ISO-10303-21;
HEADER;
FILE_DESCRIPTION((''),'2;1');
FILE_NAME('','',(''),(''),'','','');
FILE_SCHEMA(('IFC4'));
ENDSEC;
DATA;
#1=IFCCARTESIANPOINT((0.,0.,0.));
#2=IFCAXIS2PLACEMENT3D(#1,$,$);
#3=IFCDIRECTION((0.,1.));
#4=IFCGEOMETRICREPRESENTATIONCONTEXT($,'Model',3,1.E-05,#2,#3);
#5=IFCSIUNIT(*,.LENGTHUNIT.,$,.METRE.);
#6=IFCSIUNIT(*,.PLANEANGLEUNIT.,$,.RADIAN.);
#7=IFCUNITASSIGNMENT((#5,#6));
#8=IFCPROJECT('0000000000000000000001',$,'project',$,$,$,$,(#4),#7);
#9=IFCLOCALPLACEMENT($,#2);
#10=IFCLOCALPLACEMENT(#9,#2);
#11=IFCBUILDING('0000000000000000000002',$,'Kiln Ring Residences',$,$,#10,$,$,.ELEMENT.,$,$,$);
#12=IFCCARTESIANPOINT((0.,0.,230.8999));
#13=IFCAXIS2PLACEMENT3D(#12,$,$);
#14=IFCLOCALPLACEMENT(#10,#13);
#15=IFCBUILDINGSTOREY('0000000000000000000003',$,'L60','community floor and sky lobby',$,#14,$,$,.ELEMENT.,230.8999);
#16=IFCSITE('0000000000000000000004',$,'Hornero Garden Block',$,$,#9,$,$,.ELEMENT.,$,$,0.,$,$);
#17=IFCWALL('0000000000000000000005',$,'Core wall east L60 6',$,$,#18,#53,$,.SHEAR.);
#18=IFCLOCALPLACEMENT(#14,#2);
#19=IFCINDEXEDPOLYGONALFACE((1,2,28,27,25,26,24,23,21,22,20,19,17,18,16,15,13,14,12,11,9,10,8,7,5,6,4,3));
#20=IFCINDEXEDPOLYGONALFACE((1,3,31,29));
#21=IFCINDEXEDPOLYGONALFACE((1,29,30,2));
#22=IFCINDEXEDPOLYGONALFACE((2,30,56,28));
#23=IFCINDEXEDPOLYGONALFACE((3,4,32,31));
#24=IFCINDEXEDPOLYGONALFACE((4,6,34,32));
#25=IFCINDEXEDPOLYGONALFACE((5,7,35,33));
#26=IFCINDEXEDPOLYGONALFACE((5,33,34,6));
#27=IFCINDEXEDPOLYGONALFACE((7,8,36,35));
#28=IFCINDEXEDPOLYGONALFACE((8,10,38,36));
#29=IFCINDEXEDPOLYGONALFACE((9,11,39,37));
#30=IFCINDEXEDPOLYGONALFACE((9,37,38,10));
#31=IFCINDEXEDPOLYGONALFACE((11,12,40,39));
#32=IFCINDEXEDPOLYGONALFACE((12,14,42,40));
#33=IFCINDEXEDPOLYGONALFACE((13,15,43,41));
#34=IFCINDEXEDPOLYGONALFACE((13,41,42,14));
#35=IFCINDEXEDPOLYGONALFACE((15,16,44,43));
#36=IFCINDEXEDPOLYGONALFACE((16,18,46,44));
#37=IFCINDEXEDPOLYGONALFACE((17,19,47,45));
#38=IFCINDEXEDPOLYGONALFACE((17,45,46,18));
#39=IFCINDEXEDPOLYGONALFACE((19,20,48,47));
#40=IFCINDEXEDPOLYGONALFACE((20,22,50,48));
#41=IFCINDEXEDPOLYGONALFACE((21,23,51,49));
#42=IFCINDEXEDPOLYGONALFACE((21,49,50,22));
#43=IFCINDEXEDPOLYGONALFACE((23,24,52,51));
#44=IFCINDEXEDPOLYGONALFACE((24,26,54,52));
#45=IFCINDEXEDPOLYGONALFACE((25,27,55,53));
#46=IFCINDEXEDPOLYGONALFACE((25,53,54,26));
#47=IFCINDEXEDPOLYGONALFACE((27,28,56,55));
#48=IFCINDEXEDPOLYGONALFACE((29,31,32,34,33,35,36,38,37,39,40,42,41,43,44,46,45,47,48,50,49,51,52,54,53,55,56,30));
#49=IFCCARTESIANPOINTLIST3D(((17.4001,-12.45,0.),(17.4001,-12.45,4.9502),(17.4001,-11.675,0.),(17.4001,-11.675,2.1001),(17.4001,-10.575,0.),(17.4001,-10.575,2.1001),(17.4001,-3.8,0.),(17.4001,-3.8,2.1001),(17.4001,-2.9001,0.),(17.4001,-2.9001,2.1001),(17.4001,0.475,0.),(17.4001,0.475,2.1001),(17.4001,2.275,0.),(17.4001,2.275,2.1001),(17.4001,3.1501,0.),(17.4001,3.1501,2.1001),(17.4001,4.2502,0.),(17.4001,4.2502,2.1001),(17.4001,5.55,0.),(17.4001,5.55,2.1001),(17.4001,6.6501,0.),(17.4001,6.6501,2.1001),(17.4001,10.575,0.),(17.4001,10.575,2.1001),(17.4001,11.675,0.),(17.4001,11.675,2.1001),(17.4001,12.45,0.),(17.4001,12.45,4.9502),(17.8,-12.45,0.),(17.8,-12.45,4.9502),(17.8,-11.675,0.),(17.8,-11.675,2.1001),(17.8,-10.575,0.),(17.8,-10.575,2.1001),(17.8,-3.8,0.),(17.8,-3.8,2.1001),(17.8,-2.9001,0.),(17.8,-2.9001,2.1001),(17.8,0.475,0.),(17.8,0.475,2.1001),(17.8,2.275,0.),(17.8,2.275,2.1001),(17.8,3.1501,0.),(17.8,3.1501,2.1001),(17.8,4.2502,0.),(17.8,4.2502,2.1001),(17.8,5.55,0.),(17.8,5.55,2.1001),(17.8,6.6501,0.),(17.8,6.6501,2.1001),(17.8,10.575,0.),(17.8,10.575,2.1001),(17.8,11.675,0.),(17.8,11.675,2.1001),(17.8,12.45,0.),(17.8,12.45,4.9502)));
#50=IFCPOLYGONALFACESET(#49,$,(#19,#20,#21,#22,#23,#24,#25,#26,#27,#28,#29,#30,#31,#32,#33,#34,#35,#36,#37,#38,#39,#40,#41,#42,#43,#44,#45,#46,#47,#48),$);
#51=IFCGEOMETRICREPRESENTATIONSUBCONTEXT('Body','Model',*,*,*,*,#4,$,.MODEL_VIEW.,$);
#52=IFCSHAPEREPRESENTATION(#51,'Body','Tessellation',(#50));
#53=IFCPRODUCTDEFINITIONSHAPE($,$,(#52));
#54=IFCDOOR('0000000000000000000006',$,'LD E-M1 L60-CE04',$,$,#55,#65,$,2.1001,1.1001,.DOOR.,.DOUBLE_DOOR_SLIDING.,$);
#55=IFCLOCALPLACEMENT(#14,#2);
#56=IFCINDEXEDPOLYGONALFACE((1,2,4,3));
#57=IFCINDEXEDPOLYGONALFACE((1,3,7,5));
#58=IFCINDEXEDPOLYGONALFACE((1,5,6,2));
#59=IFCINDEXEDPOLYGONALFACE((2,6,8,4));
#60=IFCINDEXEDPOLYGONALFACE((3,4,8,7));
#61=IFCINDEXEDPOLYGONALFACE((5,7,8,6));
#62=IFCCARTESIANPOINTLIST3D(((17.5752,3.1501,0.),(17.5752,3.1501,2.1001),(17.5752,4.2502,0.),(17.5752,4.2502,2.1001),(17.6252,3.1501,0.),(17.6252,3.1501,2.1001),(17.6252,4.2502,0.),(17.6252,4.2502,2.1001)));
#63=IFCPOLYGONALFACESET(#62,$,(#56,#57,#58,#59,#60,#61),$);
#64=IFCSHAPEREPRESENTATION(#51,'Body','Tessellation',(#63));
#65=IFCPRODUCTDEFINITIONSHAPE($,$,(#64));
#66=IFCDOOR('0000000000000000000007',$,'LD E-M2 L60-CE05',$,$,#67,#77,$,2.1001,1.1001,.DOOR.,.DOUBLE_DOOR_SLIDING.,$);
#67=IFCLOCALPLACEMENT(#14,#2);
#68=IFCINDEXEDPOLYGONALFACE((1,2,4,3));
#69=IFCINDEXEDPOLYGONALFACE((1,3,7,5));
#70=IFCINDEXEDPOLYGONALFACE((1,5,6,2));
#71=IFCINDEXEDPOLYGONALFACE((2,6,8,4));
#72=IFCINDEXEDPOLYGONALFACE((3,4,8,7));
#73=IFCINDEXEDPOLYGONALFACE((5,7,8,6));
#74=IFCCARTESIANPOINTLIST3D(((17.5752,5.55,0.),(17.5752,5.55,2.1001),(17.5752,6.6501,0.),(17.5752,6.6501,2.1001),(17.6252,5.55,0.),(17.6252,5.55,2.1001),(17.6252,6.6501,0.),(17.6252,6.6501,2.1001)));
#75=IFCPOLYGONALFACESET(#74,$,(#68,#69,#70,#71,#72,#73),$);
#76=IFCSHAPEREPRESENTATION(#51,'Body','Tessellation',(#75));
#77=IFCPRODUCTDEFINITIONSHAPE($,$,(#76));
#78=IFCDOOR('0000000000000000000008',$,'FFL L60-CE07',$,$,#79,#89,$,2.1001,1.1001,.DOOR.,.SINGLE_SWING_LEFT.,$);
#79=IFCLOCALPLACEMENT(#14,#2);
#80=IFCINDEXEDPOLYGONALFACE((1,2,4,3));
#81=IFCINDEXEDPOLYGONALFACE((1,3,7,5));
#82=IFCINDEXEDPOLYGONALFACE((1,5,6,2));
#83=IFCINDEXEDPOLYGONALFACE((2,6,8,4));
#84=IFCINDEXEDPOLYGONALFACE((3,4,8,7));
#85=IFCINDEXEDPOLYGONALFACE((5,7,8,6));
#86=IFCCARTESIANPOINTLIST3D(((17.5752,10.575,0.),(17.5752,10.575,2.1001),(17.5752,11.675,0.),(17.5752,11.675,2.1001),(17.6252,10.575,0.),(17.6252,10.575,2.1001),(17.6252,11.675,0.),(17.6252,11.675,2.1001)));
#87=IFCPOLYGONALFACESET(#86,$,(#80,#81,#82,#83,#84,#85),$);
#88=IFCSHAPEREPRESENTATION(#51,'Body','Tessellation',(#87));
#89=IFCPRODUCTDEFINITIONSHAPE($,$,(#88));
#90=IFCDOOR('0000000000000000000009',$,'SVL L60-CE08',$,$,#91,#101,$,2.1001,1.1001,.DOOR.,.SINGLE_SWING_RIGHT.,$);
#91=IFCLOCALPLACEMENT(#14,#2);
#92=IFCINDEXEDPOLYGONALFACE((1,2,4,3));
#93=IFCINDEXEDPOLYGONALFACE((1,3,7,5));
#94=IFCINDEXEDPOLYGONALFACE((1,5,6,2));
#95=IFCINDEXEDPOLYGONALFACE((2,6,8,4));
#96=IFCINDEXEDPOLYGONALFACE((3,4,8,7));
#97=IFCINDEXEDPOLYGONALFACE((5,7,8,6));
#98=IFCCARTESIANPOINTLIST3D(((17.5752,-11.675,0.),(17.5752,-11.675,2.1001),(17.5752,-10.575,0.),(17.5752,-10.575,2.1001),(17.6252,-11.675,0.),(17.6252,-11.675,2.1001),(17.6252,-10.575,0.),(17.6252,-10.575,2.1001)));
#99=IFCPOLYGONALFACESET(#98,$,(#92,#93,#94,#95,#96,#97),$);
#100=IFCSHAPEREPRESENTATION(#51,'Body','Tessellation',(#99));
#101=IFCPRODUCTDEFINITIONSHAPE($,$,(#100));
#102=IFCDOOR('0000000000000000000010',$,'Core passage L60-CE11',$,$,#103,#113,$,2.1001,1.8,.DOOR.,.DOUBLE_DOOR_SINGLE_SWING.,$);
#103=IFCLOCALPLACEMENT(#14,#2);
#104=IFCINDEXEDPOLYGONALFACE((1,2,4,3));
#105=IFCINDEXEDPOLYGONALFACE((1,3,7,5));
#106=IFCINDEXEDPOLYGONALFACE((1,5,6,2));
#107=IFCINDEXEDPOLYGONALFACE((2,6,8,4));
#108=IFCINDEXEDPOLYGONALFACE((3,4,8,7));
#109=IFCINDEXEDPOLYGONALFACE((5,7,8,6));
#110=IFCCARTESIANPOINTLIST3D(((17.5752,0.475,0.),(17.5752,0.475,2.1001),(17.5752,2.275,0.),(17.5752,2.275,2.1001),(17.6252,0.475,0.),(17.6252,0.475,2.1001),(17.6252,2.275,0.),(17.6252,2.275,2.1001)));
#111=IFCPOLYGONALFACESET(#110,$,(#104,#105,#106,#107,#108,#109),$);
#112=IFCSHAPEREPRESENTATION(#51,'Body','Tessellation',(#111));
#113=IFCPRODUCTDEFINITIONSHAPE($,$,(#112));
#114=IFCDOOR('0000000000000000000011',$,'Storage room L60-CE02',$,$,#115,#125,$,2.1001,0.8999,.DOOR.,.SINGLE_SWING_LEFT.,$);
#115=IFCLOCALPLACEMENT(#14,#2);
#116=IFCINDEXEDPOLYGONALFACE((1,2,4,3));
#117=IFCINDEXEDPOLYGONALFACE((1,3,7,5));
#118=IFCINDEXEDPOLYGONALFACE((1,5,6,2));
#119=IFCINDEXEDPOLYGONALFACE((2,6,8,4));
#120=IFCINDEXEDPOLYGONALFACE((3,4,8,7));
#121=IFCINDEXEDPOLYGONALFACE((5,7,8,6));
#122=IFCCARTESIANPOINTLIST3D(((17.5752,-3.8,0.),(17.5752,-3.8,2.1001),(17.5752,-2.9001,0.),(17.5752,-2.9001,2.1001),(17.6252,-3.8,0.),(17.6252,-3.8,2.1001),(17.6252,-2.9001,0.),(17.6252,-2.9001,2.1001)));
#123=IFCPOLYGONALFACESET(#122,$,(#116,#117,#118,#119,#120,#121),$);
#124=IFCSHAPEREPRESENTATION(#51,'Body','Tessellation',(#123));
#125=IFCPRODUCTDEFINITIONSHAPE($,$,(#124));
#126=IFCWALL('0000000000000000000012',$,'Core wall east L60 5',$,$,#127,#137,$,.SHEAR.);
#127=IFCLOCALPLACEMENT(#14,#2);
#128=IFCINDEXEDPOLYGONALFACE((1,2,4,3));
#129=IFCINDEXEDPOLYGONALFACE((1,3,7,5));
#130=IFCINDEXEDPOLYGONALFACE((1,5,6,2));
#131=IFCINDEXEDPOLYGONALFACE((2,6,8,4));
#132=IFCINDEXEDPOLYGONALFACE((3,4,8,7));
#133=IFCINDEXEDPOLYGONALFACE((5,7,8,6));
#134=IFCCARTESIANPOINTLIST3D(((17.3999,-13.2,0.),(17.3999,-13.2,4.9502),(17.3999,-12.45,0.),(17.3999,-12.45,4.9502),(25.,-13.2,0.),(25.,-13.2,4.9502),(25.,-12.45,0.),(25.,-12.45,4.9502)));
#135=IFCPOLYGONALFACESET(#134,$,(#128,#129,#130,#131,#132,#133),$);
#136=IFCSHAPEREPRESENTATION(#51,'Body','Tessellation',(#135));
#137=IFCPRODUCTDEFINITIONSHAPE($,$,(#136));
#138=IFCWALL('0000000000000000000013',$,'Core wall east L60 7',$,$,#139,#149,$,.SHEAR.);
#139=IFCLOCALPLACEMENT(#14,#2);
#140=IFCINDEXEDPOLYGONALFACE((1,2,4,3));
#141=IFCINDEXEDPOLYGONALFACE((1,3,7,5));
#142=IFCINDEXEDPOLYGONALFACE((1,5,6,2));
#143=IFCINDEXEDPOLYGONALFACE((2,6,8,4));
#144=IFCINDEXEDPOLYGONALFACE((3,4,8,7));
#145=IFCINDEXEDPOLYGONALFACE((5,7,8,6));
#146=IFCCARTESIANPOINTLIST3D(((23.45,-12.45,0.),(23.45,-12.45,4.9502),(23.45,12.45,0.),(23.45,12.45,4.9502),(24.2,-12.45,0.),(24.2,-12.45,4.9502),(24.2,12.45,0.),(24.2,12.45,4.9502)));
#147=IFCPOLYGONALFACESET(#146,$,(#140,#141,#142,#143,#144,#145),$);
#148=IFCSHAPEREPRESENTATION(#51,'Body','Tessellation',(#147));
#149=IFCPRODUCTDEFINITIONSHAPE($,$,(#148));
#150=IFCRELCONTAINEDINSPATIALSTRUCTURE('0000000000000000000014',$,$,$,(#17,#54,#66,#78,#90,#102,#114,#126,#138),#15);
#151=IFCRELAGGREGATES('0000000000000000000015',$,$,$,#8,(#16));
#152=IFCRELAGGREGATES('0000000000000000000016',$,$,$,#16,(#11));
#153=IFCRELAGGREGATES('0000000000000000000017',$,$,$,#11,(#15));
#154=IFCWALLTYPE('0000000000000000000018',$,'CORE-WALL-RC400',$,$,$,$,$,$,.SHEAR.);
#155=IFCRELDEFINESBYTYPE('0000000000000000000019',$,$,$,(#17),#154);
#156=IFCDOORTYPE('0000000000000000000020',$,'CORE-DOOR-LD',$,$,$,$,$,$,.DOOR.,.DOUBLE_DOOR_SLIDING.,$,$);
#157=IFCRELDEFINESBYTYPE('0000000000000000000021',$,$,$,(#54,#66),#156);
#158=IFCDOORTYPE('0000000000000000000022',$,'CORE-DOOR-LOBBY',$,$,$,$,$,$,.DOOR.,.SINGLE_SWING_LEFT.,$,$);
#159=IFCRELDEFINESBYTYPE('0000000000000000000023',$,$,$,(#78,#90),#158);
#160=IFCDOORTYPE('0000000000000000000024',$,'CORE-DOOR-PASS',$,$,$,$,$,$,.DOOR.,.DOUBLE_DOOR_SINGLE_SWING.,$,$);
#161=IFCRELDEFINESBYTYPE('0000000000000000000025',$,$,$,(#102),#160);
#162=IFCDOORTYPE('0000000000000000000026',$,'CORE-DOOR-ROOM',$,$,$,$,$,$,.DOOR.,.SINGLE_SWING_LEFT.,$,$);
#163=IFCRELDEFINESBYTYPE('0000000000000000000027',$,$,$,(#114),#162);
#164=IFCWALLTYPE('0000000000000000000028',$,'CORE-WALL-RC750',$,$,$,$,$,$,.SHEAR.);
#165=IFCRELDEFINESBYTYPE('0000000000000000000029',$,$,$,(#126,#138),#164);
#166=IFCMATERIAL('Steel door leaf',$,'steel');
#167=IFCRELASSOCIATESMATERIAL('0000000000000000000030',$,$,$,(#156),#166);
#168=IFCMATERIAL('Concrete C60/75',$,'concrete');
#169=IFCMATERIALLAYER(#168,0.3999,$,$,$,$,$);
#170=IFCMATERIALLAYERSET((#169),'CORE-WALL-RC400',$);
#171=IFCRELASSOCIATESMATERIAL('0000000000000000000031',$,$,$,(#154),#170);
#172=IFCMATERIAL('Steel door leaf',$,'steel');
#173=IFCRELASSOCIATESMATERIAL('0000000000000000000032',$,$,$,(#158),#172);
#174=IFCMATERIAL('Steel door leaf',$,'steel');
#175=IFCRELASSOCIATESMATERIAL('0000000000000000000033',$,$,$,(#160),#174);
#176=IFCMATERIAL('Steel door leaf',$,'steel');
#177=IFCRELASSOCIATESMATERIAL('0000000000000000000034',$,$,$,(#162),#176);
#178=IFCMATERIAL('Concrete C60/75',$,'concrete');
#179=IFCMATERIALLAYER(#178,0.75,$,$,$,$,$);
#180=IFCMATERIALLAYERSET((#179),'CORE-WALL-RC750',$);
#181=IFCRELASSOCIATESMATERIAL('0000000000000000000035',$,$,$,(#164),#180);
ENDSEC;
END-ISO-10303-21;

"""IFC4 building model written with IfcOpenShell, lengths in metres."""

from ifc_helpers import new_model, si_unit, direction, frame, frame_2d, origin, place, context, subcontext, project, spatial, rectangle, extrude, material, layer, layer_set, type_object, element, fill, save


model = new_model("IFC4")

# Units and contexts
model_context = context("Model", 3, precision=1e-05, world=origin(), true_north=direction((0.0, 1.0)))
body_context = subcontext(model_context, "Body", "Model", "MODEL_VIEW")
ifc_project = project(units=[si_unit("LENGTHUNIT", "METRE"), si_unit("PLANEANGLEUNIT", "RADIAN")], contexts=[model_context])

# Site, building, storey
site_placement = place(None, origin())
site = spatial("IfcSite", under=ifc_project, at=site_placement, Name="Hornero Garden Block", CompositionType="ELEMENT", RefElevation=0.0)
building_placement = place(site_placement, origin())
building = spatial("IfcBuilding", under=site, at=building_placement, Name="Kiln Ring Residences", CompositionType="ELEMENT")
storey_placement = place(building_placement, frame((0.0, 0.0, 230.8999)))
storey = spatial("IfcBuildingStorey", under=building, at=storey_placement, Name="L60", Description="community floor and sky lobby", CompositionType="ELEMENT", Elevation=230.8999)

# Wall, openings, doors
ifc_material_1 = material(Name="Steel door leaf", Category="steel")
door_type_1 = type_object("IfcDoorType", Name="CORE-DOOR-LD", OperationType="DOUBLE_DOOR_SLIDING", PredefinedType="DOOR", material=ifc_material_1)
ifc_material_2 = material(Name="Concrete C60/75", Category="concrete")
ifc_layer_1 = layer(ifc_material_2, 0.3999)
ifc_layer_set_1 = layer_set([ifc_layer_1], Name="CORE-WALL-RC400")
wall_type_1 = type_object("IfcWallType", Name="CORE-WALL-RC400", PredefinedType="SHEAR", material=ifc_layer_set_1)
wall_1_placement = place(storey_placement, frame((17.6001, -12.45, 0.0), z_axis=(0.0, 0.0, 1.0), x_axis=(0.0, 1.0, 0.0)))
wall_1 = element("IfcWall", 1, at=wall_1_placement, inside=storey, type_object=wall_type_1, Name="Core wall east L60 6", PredefinedType="SHEAR", context=body_context, shape_type="SweptSolid", body=[
    extrude(rectangle(XDim=24.8999, YDim=0.3999, at=frame_2d((12.45, 0.0))), origin(), (0.0, 0.0, 1.0), 4.9502),
])
opening_1_placement = place(wall_1_placement, frame((8.6499, 0.0, 0.0)))
opening_1 = element("IfcOpeningElement", 2, at=opening_1_placement, cuts=wall_1, PredefinedType="OPENING", context=body_context, shape_type="SweptSolid", body=[
    extrude(rectangle(XDim=0.8999, YDim=2.1001, at=frame_2d((0.45, 1.05))), frame((0.0, 0.21, 0.0), z_axis=(0.0, -1.0, 0.0), x_axis=(1.0, 0.0, 0.0)), (0.0, 0.0, 1.0), 0.4199),
])
opening_2_placement = place(wall_1_placement, frame((15.6001, 0.0, 0.0)))
opening_2 = element("IfcOpeningElement", 3, at=opening_2_placement, cuts=wall_1, PredefinedType="OPENING", context=body_context, shape_type="SweptSolid", body=[
    extrude(rectangle(XDim=1.1001, YDim=2.1001, at=frame_2d((0.55, 1.05))), frame((0.0, 0.21, 0.0), z_axis=(0.0, -1.0, 0.0), x_axis=(1.0, 0.0, 0.0)), (0.0, 0.0, 1.0), 0.4199),
])
opening_3_placement = place(wall_1_placement, frame((18.0, 0.0, 0.0)))
opening_3 = element("IfcOpeningElement", 4, at=opening_3_placement, cuts=wall_1, PredefinedType="OPENING", context=body_context, shape_type="SweptSolid", body=[
    extrude(rectangle(XDim=1.1001, YDim=2.1001, at=frame_2d((0.55, 1.05))), frame((0.0, 0.21, 0.0), z_axis=(0.0, -1.0, 0.0), x_axis=(1.0, 0.0, 0.0)), (0.0, 0.0, 1.0), 0.4199),
])
opening_4_placement = place(wall_1_placement, frame((23.0249, 0.0, 0.0)))
opening_4 = element("IfcOpeningElement", 5, at=opening_4_placement, cuts=wall_1, PredefinedType="OPENING", context=body_context, shape_type="SweptSolid", body=[
    extrude(rectangle(XDim=1.1001, YDim=2.1001, at=frame_2d((0.55, 1.05))), frame((0.0, 0.21, 0.0), z_axis=(0.0, -1.0, 0.0), x_axis=(1.0, 0.0, 0.0)), (0.0, 0.0, 1.0), 0.4199),
])
opening_5_placement = place(wall_1_placement, frame((0.7749, 0.0, 0.0)))
opening_5 = element("IfcOpeningElement", 6, at=opening_5_placement, cuts=wall_1, PredefinedType="OPENING", context=body_context, shape_type="SweptSolid", body=[
    extrude(rectangle(XDim=1.1001, YDim=2.1001, at=frame_2d((0.55, 1.05))), frame((0.0, 0.21, 0.0), z_axis=(0.0, -1.0, 0.0), x_axis=(1.0, 0.0, 0.0)), (0.0, 0.0, 1.0), 0.4199),
])
opening_6_placement = place(wall_1_placement, frame((12.925, 0.0, 0.0)))
opening_6 = element("IfcOpeningElement", 7, at=opening_6_placement, cuts=wall_1, PredefinedType="OPENING", context=body_context, shape_type="SweptSolid", body=[
    extrude(rectangle(XDim=1.8, YDim=2.1001, at=frame_2d((0.8999, 1.05))), frame((0.0, 0.21, 0.0), z_axis=(0.0, -1.0, 0.0), x_axis=(1.0, 0.0, 0.0)), (0.0, 0.0, 1.0), 0.4199),
])
door_1_placement = place(opening_2_placement, origin())
door_1 = element("IfcDoor", 8, at=door_1_placement, inside=storey, type_object=door_type_1, Name="LD E-M1 L60-CE04", OperationType="DOUBLE_DOOR_SLIDING", OverallHeight=2.1001, OverallWidth=1.1001, PredefinedType="DOOR", context=body_context, shape_type="SweptSolid", body=[
    extrude(rectangle(XDim=1.1001, YDim=2.1001, at=frame_2d((0.55, 1.05))), frame((0.0, 0.0249, 0.0), z_axis=(0.0, -1.0, 0.0), x_axis=(1.0, 0.0, 0.0)), (0.0, 0.0, 1.0), 0.05),
])
fill(opening_2, door_1)
door_2_placement = place(opening_3_placement, origin())
door_2 = element("IfcDoor", 9, at=door_2_placement, inside=storey, type_object=door_type_1, Name="LD E-M2 L60-CE05", OperationType="DOUBLE_DOOR_SLIDING", OverallHeight=2.1001, OverallWidth=1.1001, PredefinedType="DOOR", context=body_context, shape_type="SweptSolid", body=[
    extrude(rectangle(XDim=1.1001, YDim=2.1001, at=frame_2d((0.55, 1.05))), frame((0.0, 0.0249, 0.0), z_axis=(0.0, -1.0, 0.0), x_axis=(1.0, 0.0, 0.0)), (0.0, 0.0, 1.0), 0.05),
])
fill(opening_3, door_2)
ifc_material_3 = material(Name="Steel door leaf", Category="steel")
door_type_2 = type_object("IfcDoorType", Name="CORE-DOOR-LOBBY", OperationType="SINGLE_SWING_LEFT", PredefinedType="DOOR", material=ifc_material_3)
door_3_placement = place(opening_4_placement, origin())
door_3 = element("IfcDoor", 10, at=door_3_placement, inside=storey, type_object=door_type_2, Name="FFL L60-CE07", OperationType="SINGLE_SWING_LEFT", OverallHeight=2.1001, OverallWidth=1.1001, PredefinedType="DOOR", context=body_context, shape_type="SweptSolid", body=[
    extrude(rectangle(XDim=1.1001, YDim=2.1001, at=frame_2d((0.55, 1.05))), frame((0.0, 0.0249, 0.0), z_axis=(0.0, -1.0, 0.0), x_axis=(1.0, 0.0, 0.0)), (0.0, 0.0, 1.0), 0.05),
])
fill(opening_4, door_3)
door_4_placement = place(opening_5_placement, origin())
door_4 = element("IfcDoor", 11, at=door_4_placement, inside=storey, type_object=door_type_2, Name="SVL L60-CE08", OperationType="SINGLE_SWING_RIGHT", OverallHeight=2.1001, OverallWidth=1.1001, PredefinedType="DOOR", context=body_context, shape_type="SweptSolid", body=[
    extrude(rectangle(XDim=1.1001, YDim=2.1001, at=frame_2d((0.55, 1.05))), frame((0.0, 0.0249, 0.0), z_axis=(0.0, -1.0, 0.0), x_axis=(1.0, 0.0, 0.0)), (0.0, 0.0, 1.0), 0.05),
])
fill(opening_5, door_4)
ifc_material_4 = material(Name="Steel door leaf", Category="steel")
door_type_3 = type_object("IfcDoorType", Name="CORE-DOOR-PASS", OperationType="DOUBLE_DOOR_SINGLE_SWING", PredefinedType="DOOR", material=ifc_material_4)
door_5_placement = place(opening_6_placement, origin())
door_5 = element("IfcDoor", 12, at=door_5_placement, inside=storey, type_object=door_type_3, Name="Core passage L60-CE11", OperationType="DOUBLE_DOOR_SINGLE_SWING", OverallHeight=2.1001, OverallWidth=1.8, PredefinedType="DOOR", context=body_context, shape_type="SweptSolid", body=[
    extrude(rectangle(XDim=1.8, YDim=2.1001, at=frame_2d((0.8999, 1.05))), frame((0.0, 0.0249, 0.0), z_axis=(0.0, -1.0, 0.0), x_axis=(1.0, 0.0, 0.0)), (0.0, 0.0, 1.0), 0.05),
])
fill(opening_6, door_5)
ifc_material_5 = material(Name="Steel door leaf", Category="steel")
door_type_4 = type_object("IfcDoorType", Name="CORE-DOOR-ROOM", OperationType="SINGLE_SWING_LEFT", PredefinedType="DOOR", material=ifc_material_5)
door_6_placement = place(opening_1_placement, origin())
door_6 = element("IfcDoor", 13, at=door_6_placement, inside=storey, type_object=door_type_4, Name="Storage room L60-CE02", OperationType="SINGLE_SWING_LEFT", OverallHeight=2.1001, OverallWidth=0.8999, PredefinedType="DOOR", context=body_context, shape_type="SweptSolid", body=[
    extrude(rectangle(XDim=0.8999, YDim=2.1001, at=frame_2d((0.45, 1.05))), frame((0.0, 0.0249, 0.0), z_axis=(0.0, -1.0, 0.0), x_axis=(1.0, 0.0, 0.0)), (0.0, 0.0, 1.0), 0.05),
])
fill(opening_1, door_6)

# Walls
ifc_material_6 = material(Name="Concrete C60/75", Category="concrete")
ifc_layer_2 = layer(ifc_material_6, 0.75)
ifc_layer_set_2 = layer_set([ifc_layer_2], Name="CORE-WALL-RC750")
wall_type_2 = type_object("IfcWallType", Name="CORE-WALL-RC750", PredefinedType="SHEAR", material=ifc_layer_set_2)
wall_2_placement = place(storey_placement, frame((17.3999, -12.825, 0.0), z_axis=(0.0, 0.0, 1.0), x_axis=(1.0, 0.0, 0.0)))
element("IfcWall", 14, at=wall_2_placement, inside=storey, type_object=wall_type_2, Name="Core wall east L60 5", PredefinedType="SHEAR", context=body_context, shape_type="SweptSolid", body=[
    extrude(rectangle(XDim=7.6001, YDim=0.75, at=frame_2d((3.8, 0.0))), origin(), (0.0, 0.0, 1.0), 4.9502),
])
wall_3_placement = place(storey_placement, frame((23.825, -12.45, 0.0), z_axis=(0.0, 0.0, 1.0), x_axis=(0.0, 1.0, 0.0)))
element("IfcWall", 15, at=wall_3_placement, inside=storey, type_object=wall_type_2, Name="Core wall east L60 7", PredefinedType="SHEAR", context=body_context, shape_type="SweptSolid", body=[
    extrude(rectangle(XDim=24.8999, YDim=0.75, at=frame_2d((12.45, 0.0))), origin(), (0.0, 0.0, 1.0), 4.9502),
])

save(model, "model.ifc")
